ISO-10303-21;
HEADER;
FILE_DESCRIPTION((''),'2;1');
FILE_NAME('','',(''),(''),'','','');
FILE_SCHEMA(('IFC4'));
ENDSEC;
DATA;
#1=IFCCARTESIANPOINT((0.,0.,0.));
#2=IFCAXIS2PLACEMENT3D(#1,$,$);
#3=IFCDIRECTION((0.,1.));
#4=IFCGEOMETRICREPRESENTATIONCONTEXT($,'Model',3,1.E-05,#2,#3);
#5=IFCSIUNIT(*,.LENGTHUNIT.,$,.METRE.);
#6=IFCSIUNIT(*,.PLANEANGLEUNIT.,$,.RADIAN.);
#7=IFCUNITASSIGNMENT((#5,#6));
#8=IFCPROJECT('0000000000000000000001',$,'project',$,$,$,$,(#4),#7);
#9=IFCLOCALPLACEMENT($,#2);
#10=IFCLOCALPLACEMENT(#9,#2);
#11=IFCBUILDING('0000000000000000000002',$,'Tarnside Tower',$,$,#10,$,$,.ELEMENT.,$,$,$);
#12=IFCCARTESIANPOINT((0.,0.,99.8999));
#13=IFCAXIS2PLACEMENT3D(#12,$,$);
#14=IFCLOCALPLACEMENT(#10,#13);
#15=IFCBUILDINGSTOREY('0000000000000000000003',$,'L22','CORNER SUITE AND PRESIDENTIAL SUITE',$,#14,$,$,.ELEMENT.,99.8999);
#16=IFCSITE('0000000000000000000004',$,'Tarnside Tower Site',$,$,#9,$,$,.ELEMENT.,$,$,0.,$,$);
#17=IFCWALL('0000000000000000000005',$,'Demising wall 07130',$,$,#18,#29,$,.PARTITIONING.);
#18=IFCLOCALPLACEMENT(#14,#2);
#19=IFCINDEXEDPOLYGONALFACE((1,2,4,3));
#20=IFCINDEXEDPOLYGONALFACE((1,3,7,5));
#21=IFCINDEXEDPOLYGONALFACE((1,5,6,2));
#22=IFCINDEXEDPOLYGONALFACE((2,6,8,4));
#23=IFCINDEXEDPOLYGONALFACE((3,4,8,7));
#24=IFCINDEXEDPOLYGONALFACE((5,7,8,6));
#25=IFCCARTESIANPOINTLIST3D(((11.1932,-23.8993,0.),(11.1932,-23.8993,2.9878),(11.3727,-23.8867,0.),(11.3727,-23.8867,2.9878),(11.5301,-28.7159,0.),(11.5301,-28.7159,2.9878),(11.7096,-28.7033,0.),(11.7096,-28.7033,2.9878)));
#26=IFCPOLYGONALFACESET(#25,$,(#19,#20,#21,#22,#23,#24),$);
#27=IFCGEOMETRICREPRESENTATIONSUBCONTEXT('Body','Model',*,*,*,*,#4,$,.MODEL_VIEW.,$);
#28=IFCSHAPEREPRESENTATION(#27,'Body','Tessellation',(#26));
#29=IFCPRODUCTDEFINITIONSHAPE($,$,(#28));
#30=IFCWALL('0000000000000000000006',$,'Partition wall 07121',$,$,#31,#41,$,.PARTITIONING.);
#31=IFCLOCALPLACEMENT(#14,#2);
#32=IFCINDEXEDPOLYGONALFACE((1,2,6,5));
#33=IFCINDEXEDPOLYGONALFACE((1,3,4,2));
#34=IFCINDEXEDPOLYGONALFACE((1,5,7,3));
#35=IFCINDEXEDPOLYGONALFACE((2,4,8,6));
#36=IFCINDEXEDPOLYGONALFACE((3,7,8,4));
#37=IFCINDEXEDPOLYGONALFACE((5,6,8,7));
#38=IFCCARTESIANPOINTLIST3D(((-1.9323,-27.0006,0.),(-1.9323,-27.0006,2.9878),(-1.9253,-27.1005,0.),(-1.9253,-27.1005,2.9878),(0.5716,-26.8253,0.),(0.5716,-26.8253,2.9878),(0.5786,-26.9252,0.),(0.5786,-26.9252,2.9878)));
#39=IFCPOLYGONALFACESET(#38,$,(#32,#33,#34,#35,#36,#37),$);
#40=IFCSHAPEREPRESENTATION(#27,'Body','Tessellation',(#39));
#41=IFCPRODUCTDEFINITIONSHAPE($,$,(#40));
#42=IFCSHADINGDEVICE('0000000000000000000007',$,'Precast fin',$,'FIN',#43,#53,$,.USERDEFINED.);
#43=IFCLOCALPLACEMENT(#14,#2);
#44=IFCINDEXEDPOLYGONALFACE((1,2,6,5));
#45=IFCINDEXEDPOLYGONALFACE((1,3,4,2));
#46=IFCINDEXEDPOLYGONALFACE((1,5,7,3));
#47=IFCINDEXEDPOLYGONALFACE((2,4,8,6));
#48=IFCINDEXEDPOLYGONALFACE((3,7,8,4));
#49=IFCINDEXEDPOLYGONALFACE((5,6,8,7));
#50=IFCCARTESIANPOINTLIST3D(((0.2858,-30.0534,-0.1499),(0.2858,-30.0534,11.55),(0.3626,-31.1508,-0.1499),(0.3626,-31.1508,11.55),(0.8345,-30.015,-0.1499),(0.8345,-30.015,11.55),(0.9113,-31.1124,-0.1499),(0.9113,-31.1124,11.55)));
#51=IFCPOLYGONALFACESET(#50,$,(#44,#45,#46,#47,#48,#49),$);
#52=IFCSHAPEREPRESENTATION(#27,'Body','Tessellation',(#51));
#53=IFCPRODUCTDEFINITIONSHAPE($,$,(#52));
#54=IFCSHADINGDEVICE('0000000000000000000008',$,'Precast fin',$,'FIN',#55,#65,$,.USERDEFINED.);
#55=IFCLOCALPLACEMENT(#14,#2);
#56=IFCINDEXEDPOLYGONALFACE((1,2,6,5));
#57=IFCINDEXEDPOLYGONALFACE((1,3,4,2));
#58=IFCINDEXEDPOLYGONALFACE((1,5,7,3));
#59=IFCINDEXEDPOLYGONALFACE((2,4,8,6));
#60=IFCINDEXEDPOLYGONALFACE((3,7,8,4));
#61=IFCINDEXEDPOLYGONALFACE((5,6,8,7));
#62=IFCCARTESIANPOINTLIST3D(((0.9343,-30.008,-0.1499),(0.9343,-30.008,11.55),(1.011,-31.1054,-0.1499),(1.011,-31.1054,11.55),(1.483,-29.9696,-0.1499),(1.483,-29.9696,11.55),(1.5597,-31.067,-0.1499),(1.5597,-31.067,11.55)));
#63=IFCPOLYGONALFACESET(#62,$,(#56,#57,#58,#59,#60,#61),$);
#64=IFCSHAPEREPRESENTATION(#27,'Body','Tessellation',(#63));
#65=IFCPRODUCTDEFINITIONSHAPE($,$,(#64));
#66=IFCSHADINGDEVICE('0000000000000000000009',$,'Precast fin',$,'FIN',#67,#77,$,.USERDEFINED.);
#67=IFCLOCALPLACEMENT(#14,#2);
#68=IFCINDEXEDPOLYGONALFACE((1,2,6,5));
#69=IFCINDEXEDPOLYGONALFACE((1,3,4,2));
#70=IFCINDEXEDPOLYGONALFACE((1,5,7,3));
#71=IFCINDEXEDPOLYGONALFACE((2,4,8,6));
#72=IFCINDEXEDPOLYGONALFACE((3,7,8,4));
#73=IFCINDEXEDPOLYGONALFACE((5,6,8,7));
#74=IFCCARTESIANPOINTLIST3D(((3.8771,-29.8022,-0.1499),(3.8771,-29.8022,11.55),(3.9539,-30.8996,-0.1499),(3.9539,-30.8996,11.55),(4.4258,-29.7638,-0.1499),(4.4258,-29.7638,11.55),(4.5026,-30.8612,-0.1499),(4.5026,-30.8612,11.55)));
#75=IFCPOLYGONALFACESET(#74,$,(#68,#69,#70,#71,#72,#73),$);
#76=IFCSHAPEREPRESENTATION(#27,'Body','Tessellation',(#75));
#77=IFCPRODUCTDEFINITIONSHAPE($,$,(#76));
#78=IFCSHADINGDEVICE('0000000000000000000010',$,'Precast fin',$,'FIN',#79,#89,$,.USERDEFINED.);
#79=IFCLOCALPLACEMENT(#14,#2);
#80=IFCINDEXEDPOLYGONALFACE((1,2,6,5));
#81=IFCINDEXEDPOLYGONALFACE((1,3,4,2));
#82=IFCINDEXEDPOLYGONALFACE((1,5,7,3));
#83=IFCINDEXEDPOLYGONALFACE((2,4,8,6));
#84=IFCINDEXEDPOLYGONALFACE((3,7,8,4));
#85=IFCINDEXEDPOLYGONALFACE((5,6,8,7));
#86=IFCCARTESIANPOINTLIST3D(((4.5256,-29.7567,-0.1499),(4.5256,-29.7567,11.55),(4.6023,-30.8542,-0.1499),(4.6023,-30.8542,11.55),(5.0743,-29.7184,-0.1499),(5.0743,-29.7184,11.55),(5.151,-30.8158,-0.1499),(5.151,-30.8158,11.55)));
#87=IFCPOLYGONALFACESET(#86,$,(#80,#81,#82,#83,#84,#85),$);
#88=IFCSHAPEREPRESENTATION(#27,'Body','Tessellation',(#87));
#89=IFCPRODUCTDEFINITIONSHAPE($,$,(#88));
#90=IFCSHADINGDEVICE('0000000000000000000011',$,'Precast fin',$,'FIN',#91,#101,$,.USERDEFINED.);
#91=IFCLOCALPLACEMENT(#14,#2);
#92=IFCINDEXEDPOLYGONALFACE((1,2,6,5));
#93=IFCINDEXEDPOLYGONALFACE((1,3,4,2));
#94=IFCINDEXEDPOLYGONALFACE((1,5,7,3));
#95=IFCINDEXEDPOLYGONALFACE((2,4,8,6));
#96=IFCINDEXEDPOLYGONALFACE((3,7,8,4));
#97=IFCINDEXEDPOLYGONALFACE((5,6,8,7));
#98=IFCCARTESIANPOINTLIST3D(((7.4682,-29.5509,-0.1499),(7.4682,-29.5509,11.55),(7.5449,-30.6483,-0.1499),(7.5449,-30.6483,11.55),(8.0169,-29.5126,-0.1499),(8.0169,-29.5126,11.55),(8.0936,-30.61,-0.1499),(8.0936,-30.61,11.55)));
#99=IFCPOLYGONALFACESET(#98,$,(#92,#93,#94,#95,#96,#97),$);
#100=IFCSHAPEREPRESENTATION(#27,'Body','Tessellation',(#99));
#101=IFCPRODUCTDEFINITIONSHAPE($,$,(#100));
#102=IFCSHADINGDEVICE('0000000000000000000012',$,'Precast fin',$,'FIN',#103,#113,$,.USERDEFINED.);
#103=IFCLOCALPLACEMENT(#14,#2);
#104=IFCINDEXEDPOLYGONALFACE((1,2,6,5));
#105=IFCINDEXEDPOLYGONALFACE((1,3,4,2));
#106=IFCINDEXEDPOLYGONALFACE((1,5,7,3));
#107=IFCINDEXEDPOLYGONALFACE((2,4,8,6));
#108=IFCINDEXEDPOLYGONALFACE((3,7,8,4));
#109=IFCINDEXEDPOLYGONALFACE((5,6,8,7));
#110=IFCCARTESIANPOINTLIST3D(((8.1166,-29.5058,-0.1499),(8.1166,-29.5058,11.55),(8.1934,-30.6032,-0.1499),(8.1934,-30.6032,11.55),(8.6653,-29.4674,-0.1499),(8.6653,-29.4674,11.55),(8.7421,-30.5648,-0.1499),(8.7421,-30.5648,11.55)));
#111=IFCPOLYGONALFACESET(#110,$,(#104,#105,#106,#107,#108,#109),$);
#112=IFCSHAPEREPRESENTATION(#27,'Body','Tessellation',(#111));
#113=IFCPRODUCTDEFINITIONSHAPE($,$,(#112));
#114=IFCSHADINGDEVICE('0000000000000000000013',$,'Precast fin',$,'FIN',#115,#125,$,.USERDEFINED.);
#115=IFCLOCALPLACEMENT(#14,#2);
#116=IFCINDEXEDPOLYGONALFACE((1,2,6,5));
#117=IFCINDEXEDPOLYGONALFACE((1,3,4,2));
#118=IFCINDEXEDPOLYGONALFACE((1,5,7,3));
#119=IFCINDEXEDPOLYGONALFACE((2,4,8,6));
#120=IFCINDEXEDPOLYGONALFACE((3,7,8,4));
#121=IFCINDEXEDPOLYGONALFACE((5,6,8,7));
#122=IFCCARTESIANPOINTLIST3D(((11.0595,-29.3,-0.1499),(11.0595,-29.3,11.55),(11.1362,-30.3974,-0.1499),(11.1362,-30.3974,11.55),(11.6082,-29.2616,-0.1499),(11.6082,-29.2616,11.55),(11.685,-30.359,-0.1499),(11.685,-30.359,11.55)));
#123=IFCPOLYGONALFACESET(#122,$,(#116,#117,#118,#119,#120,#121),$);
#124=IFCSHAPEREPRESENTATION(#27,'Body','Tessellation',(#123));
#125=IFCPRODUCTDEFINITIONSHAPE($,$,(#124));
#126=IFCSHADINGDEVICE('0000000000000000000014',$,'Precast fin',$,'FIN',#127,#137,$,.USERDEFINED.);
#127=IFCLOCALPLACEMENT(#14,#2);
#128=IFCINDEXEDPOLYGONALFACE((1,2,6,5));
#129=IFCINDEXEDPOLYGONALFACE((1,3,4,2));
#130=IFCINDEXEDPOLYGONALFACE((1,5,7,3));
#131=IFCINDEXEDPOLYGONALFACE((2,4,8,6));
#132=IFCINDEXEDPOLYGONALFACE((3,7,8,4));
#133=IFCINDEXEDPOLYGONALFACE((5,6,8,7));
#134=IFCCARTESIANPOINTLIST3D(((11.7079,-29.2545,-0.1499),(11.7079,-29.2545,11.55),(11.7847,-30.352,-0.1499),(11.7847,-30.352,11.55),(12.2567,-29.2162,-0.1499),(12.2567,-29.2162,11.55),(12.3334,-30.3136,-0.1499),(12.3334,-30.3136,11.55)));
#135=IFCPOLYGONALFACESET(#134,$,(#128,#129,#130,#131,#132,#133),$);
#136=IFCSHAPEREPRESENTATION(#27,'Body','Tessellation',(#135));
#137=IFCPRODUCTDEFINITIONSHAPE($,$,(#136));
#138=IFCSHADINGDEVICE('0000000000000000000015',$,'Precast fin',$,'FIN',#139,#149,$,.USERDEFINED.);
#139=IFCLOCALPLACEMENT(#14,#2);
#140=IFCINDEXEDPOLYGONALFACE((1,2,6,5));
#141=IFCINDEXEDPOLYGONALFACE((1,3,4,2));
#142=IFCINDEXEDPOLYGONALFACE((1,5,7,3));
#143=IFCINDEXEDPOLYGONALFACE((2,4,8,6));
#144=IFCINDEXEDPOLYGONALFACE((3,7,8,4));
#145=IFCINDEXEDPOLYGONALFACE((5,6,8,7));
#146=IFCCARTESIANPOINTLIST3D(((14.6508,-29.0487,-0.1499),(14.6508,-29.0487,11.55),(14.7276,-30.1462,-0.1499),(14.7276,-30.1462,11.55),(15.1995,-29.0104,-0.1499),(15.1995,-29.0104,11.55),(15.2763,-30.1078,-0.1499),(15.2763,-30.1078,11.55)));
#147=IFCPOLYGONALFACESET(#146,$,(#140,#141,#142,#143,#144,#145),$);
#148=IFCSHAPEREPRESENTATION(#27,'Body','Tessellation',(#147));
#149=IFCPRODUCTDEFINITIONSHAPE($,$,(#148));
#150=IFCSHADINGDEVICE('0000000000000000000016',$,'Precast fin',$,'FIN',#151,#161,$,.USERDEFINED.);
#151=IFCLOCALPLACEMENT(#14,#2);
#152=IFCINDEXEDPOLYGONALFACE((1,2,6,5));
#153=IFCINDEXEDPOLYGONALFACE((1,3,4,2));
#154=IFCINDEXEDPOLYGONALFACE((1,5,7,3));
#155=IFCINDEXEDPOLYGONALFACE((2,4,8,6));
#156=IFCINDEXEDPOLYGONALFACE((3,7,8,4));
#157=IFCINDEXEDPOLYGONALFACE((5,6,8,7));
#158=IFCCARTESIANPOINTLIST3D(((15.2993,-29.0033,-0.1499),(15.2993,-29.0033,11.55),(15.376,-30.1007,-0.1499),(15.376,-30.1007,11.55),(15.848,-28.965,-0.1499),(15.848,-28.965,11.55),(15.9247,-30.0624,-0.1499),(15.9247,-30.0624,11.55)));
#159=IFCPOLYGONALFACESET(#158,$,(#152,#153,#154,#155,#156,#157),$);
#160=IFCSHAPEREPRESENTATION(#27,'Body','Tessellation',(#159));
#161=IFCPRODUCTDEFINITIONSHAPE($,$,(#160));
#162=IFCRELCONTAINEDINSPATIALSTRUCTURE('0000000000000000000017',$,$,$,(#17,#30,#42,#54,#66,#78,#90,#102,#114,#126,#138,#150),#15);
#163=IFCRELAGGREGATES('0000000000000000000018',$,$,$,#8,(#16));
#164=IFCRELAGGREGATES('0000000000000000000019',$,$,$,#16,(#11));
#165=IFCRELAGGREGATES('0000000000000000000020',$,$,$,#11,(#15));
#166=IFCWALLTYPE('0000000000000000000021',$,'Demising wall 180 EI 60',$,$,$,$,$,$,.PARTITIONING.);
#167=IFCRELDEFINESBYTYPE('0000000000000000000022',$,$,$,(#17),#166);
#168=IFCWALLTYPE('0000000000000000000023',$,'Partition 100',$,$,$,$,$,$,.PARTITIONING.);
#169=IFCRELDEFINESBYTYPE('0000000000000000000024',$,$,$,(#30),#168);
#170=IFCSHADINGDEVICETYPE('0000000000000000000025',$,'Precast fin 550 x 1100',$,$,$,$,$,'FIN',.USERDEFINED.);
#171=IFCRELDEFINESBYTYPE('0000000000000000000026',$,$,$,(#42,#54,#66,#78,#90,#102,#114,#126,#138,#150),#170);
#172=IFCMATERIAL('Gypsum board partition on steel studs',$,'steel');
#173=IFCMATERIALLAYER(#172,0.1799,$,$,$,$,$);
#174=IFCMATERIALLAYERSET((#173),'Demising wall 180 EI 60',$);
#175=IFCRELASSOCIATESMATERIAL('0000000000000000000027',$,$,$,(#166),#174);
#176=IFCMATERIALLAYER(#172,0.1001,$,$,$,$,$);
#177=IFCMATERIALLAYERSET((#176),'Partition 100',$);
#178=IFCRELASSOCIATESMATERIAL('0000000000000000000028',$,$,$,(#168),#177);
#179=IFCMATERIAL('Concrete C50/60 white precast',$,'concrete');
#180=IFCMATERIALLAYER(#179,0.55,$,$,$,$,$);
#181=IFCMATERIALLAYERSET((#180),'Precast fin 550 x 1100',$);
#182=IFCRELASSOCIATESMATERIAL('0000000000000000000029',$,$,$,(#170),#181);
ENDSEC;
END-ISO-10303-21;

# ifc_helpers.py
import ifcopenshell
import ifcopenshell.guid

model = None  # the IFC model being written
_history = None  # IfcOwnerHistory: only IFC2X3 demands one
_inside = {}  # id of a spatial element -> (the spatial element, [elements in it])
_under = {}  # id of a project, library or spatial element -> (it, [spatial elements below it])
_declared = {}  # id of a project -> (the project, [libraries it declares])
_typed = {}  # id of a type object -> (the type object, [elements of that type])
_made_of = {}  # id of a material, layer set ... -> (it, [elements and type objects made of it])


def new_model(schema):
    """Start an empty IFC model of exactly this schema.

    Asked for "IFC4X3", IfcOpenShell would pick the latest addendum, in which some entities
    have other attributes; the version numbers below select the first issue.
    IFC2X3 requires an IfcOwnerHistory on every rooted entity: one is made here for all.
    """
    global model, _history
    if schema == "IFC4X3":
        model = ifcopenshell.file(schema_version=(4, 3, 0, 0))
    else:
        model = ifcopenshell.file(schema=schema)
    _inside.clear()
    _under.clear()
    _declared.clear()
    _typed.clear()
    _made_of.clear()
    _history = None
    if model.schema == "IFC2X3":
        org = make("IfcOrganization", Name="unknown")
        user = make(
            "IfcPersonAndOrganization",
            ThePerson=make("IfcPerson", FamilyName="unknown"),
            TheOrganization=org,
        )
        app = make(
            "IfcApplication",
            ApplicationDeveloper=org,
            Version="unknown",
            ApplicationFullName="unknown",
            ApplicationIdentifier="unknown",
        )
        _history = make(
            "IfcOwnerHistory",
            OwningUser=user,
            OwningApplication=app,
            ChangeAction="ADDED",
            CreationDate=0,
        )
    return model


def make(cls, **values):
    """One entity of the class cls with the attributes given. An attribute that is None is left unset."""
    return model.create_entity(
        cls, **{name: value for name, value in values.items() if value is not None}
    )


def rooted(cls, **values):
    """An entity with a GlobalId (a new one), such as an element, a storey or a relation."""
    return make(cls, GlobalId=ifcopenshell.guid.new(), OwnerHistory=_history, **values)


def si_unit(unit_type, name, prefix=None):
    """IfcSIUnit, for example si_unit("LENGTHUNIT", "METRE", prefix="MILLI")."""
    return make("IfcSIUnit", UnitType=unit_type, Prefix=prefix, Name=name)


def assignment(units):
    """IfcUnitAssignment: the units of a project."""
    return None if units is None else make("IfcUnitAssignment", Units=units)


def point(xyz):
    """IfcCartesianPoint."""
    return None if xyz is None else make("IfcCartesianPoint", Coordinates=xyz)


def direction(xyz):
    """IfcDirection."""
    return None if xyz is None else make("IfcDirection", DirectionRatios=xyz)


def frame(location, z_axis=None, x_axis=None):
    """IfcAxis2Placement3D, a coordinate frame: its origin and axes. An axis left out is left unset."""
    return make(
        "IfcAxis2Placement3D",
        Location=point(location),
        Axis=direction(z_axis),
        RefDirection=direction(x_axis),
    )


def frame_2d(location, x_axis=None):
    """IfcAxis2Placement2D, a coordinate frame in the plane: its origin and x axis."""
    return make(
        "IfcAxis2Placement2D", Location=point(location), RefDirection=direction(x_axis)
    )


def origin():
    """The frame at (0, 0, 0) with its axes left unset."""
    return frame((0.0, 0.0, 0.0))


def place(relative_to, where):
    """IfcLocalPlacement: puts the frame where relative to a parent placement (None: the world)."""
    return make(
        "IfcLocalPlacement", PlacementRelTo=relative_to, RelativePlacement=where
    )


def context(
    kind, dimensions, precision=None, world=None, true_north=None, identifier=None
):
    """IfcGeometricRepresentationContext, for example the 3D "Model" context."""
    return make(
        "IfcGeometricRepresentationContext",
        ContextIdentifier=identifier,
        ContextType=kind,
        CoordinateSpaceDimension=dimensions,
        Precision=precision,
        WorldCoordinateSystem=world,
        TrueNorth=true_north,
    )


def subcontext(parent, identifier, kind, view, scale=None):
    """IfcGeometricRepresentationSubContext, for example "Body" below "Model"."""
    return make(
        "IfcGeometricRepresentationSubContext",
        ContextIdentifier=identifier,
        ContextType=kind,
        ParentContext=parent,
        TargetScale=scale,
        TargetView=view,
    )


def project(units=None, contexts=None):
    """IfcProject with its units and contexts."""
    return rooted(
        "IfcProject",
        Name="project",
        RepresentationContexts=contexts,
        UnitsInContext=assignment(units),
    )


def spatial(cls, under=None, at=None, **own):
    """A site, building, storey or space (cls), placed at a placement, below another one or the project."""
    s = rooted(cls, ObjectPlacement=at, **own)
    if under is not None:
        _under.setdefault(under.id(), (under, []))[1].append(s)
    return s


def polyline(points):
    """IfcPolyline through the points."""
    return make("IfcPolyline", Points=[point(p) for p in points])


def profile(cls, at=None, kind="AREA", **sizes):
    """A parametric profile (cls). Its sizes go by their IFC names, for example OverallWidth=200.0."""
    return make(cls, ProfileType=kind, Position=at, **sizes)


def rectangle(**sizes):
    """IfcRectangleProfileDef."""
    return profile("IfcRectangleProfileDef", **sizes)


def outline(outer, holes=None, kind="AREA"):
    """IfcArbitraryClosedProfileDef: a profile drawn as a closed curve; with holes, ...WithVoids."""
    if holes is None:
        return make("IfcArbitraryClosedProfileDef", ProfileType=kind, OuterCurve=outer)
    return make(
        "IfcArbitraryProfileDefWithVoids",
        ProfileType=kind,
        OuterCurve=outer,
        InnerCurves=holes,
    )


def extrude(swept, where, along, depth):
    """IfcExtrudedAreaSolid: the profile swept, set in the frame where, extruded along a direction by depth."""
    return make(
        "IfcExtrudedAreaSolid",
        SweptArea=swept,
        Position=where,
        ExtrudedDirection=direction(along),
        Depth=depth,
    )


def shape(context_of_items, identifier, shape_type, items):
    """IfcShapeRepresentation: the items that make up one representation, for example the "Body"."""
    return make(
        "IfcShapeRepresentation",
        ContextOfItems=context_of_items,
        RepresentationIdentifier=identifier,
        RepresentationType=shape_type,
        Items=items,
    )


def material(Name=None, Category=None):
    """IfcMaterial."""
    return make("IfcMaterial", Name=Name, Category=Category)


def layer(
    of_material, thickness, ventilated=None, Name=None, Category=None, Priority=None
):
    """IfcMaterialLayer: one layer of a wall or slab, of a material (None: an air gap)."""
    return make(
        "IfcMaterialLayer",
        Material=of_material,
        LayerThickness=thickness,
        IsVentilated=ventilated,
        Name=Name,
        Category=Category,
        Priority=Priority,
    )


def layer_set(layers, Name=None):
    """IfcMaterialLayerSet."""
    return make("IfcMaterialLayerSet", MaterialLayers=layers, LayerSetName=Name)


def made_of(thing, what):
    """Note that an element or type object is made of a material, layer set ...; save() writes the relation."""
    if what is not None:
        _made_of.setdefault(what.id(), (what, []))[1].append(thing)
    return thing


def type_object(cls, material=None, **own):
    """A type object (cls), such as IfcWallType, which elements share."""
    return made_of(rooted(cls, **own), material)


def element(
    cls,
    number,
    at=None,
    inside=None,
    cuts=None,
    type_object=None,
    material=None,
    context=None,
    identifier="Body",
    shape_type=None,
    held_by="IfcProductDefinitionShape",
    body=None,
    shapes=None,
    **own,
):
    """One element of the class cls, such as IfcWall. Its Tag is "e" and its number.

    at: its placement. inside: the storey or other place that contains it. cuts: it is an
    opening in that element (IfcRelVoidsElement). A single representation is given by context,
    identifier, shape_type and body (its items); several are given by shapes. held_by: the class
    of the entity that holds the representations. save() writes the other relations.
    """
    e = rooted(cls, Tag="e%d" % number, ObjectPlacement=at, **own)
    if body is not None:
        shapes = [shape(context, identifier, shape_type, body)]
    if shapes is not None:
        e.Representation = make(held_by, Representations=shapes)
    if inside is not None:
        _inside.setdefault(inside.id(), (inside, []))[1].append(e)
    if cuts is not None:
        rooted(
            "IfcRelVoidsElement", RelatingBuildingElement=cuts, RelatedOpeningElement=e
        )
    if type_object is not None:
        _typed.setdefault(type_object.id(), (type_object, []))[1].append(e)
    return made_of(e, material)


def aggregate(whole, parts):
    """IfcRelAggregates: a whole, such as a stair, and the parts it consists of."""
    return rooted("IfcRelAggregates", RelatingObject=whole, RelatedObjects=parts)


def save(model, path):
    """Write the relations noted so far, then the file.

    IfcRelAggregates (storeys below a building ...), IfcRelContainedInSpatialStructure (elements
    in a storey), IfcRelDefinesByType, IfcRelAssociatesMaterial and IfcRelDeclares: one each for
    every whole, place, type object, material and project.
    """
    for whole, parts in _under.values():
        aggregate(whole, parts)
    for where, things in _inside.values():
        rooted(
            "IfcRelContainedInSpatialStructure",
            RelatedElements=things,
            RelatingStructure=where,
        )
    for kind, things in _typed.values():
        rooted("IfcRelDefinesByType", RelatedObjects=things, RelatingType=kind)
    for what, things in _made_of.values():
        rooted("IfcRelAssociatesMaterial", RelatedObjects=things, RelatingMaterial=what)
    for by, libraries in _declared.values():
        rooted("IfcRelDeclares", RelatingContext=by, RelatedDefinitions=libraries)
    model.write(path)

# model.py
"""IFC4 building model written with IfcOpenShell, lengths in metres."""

from ifc_helpers import new_model, si_unit, direction, frame, frame_2d, origin, place, context, subcontext, project, spatial, polyline, rectangle, outline, extrude, material, layer, layer_set, type_object, element, save


model = new_model("IFC4")

# Units and contexts
model_context = context("Model", 3, precision=1e-05, world=origin(), true_north=direction((0.0, 1.0)))
body_context = subcontext(model_context, "Body", "Model", "MODEL_VIEW")
ifc_project = project(units=[si_unit("LENGTHUNIT", "METRE"), si_unit("PLANEANGLEUNIT", "RADIAN")], contexts=[model_context])

# Site, building, storey
site_placement = place(None, origin())
site = spatial("IfcSite", under=ifc_project, at=site_placement, Name="Tarnside Tower Site", CompositionType="ELEMENT", RefElevation=0.0)
building_placement = place(site_placement, origin())
building = spatial("IfcBuilding", under=site, at=building_placement, Name="Tarnside Tower", CompositionType="ELEMENT")
storey_placement = place(building_placement, frame((0.0, 0.0, 99.8999)))
storey = spatial("IfcBuildingStorey", under=building, at=storey_placement, Name="L22", Description="CORNER SUITE AND PRESIDENTIAL SUITE", CompositionType="ELEMENT", Elevation=99.8999)

# Shared definitions
ifc_material_1 = material(Name="Gypsum board partition on steel studs", Category="steel")

# Walls
ifc_layer_1 = layer(ifc_material_1, 0.1799)
ifc_layer_set_1 = layer_set([ifc_layer_1], Name="Demising wall 180 EI 60")
wall_type_1 = type_object("IfcWallType", Name="Demising wall 180 EI 60", PredefinedType="PARTITIONING", material=ifc_layer_set_1)
wall_1_placement = place(storey_placement, frame((11.6199, -28.7095, 0.0), z_axis=(0.0, 0.0, 1.0), x_axis=(-0.069777, 0.997563, 0.0)))
element("IfcWall", 1, at=wall_1_placement, inside=storey, type_object=wall_type_1, Name="Demising wall 07130", PredefinedType="PARTITIONING", context=body_context, shape_type="SweptSolid", body=[
    extrude(rectangle(XDim=4.8284, YDim=0.1799, at=frame_2d((2.4141, 0.0))), origin(), (0.0, 0.0, 1.0), 2.9878),
])
ifc_layer_2 = layer(ifc_material_1, 0.1001)
ifc_layer_set_2 = layer_set([ifc_layer_2], Name="Partition 100")
wall_type_2 = type_object("IfcWallType", Name="Partition 100", PredefinedType="PARTITIONING", material=ifc_layer_set_2)
wall_2_placement = place(storey_placement, frame((0.575, -26.8752, 0.0), z_axis=(0.0, 0.0, 1.0), x_axis=(-0.997558, -0.069837, 0.0)))
element("IfcWall", 2, at=wall_2_placement, inside=storey, type_object=wall_type_2, Name="Partition wall 07121", PredefinedType="PARTITIONING", context=body_context, shape_type="SweptSolid", body=[
    extrude(rectangle(XDim=2.51, YDim=0.1001, at=frame_2d((1.2549, 0.0))), origin(), (0.0, 0.0, 1.0), 2.9878),
])

# Shading devices
ifc_material_2 = material(Name="Concrete C50/60 white precast", Category="concrete")
ifc_layer_3 = layer(ifc_material_2, 0.55)
ifc_layer_set_3 = layer_set([ifc_layer_3], Name="Precast fin 550 x 1100")
shading_device_type = type_object("IfcShadingDeviceType", Name="Precast fin 550 x 1100", ElementType="FIN", PredefinedType="USERDEFINED", material=ifc_layer_set_3)
for number, where, z_axis, x_axis, name in (
    (3, (0.5603, -30.0342, -0.1499), (-0.997564, -0.069756, 0.0), (0.069756, -0.997564, 0.0), "Precast fin"),
    (4, (1.2087, -29.9888, -0.1499), (-0.997564, -0.069756, 0.0), (0.069756, -0.997564, 0.0), "Precast fin"),
    (5, (4.1516, -29.783, -0.1499), (-0.997564, -0.069756, 0.0), (0.069756, -0.997564, 0.0), "Precast fin"),
    (6, (4.8, -29.7375, -0.1499), (-0.997564, -0.069756, 0.0), (0.069756, -0.997564, 0.0), "Precast fin"),
    (7, (7.7427, -29.5317, -0.1499), (-0.997564, -0.069756, 0.0), (0.069756, -0.997564, 0.0), "Precast fin"),
    (8, (8.3911, -29.4866, -0.1499), (-0.997564, -0.069756, 0.0), (0.069756, -0.997564, 0.0), "Precast fin"),
    (9, (11.334, -29.2808, -0.1499), (-0.997564, -0.069756, 0.0), (0.069756, -0.997564, 0.0), "Precast fin"),
    (10, (11.9824, -29.2354, -0.1499), (-0.997564, -0.069756, 0.0), (0.069756, -0.997564, 0.0), "Precast fin"),
    (11, (14.9253, -29.0295, -0.1499), (-0.997564, -0.069756, 0.0), (0.069756, -0.997564, 0.0), "Precast fin"),
    (12, (15.5737, -28.9841, -0.1499), (-0.997564, -0.069756, 0.0), (0.069756, -0.997564, 0.0), "Precast fin"),
):
    element("IfcShadingDevice", number, at=place(storey_placement, frame(where, z_axis=z_axis, x_axis=x_axis)), inside=storey, type_object=shading_device_type, Name=name, ObjectType="FIN", PredefinedType="USERDEFINED", context=body_context, shape_type="SweptSolid", body=[
        extrude(outline(polyline([(0.0, 0.0), (1.1001, 0.0), (1.1001, 11.7), (0.0, 11.7), (0.0, 0.0)])), frame((0.0, 0.0, -0.2749)), (0.0, 0.0, 1.0), 0.55),
    ])

save(model, "model.ifc")
